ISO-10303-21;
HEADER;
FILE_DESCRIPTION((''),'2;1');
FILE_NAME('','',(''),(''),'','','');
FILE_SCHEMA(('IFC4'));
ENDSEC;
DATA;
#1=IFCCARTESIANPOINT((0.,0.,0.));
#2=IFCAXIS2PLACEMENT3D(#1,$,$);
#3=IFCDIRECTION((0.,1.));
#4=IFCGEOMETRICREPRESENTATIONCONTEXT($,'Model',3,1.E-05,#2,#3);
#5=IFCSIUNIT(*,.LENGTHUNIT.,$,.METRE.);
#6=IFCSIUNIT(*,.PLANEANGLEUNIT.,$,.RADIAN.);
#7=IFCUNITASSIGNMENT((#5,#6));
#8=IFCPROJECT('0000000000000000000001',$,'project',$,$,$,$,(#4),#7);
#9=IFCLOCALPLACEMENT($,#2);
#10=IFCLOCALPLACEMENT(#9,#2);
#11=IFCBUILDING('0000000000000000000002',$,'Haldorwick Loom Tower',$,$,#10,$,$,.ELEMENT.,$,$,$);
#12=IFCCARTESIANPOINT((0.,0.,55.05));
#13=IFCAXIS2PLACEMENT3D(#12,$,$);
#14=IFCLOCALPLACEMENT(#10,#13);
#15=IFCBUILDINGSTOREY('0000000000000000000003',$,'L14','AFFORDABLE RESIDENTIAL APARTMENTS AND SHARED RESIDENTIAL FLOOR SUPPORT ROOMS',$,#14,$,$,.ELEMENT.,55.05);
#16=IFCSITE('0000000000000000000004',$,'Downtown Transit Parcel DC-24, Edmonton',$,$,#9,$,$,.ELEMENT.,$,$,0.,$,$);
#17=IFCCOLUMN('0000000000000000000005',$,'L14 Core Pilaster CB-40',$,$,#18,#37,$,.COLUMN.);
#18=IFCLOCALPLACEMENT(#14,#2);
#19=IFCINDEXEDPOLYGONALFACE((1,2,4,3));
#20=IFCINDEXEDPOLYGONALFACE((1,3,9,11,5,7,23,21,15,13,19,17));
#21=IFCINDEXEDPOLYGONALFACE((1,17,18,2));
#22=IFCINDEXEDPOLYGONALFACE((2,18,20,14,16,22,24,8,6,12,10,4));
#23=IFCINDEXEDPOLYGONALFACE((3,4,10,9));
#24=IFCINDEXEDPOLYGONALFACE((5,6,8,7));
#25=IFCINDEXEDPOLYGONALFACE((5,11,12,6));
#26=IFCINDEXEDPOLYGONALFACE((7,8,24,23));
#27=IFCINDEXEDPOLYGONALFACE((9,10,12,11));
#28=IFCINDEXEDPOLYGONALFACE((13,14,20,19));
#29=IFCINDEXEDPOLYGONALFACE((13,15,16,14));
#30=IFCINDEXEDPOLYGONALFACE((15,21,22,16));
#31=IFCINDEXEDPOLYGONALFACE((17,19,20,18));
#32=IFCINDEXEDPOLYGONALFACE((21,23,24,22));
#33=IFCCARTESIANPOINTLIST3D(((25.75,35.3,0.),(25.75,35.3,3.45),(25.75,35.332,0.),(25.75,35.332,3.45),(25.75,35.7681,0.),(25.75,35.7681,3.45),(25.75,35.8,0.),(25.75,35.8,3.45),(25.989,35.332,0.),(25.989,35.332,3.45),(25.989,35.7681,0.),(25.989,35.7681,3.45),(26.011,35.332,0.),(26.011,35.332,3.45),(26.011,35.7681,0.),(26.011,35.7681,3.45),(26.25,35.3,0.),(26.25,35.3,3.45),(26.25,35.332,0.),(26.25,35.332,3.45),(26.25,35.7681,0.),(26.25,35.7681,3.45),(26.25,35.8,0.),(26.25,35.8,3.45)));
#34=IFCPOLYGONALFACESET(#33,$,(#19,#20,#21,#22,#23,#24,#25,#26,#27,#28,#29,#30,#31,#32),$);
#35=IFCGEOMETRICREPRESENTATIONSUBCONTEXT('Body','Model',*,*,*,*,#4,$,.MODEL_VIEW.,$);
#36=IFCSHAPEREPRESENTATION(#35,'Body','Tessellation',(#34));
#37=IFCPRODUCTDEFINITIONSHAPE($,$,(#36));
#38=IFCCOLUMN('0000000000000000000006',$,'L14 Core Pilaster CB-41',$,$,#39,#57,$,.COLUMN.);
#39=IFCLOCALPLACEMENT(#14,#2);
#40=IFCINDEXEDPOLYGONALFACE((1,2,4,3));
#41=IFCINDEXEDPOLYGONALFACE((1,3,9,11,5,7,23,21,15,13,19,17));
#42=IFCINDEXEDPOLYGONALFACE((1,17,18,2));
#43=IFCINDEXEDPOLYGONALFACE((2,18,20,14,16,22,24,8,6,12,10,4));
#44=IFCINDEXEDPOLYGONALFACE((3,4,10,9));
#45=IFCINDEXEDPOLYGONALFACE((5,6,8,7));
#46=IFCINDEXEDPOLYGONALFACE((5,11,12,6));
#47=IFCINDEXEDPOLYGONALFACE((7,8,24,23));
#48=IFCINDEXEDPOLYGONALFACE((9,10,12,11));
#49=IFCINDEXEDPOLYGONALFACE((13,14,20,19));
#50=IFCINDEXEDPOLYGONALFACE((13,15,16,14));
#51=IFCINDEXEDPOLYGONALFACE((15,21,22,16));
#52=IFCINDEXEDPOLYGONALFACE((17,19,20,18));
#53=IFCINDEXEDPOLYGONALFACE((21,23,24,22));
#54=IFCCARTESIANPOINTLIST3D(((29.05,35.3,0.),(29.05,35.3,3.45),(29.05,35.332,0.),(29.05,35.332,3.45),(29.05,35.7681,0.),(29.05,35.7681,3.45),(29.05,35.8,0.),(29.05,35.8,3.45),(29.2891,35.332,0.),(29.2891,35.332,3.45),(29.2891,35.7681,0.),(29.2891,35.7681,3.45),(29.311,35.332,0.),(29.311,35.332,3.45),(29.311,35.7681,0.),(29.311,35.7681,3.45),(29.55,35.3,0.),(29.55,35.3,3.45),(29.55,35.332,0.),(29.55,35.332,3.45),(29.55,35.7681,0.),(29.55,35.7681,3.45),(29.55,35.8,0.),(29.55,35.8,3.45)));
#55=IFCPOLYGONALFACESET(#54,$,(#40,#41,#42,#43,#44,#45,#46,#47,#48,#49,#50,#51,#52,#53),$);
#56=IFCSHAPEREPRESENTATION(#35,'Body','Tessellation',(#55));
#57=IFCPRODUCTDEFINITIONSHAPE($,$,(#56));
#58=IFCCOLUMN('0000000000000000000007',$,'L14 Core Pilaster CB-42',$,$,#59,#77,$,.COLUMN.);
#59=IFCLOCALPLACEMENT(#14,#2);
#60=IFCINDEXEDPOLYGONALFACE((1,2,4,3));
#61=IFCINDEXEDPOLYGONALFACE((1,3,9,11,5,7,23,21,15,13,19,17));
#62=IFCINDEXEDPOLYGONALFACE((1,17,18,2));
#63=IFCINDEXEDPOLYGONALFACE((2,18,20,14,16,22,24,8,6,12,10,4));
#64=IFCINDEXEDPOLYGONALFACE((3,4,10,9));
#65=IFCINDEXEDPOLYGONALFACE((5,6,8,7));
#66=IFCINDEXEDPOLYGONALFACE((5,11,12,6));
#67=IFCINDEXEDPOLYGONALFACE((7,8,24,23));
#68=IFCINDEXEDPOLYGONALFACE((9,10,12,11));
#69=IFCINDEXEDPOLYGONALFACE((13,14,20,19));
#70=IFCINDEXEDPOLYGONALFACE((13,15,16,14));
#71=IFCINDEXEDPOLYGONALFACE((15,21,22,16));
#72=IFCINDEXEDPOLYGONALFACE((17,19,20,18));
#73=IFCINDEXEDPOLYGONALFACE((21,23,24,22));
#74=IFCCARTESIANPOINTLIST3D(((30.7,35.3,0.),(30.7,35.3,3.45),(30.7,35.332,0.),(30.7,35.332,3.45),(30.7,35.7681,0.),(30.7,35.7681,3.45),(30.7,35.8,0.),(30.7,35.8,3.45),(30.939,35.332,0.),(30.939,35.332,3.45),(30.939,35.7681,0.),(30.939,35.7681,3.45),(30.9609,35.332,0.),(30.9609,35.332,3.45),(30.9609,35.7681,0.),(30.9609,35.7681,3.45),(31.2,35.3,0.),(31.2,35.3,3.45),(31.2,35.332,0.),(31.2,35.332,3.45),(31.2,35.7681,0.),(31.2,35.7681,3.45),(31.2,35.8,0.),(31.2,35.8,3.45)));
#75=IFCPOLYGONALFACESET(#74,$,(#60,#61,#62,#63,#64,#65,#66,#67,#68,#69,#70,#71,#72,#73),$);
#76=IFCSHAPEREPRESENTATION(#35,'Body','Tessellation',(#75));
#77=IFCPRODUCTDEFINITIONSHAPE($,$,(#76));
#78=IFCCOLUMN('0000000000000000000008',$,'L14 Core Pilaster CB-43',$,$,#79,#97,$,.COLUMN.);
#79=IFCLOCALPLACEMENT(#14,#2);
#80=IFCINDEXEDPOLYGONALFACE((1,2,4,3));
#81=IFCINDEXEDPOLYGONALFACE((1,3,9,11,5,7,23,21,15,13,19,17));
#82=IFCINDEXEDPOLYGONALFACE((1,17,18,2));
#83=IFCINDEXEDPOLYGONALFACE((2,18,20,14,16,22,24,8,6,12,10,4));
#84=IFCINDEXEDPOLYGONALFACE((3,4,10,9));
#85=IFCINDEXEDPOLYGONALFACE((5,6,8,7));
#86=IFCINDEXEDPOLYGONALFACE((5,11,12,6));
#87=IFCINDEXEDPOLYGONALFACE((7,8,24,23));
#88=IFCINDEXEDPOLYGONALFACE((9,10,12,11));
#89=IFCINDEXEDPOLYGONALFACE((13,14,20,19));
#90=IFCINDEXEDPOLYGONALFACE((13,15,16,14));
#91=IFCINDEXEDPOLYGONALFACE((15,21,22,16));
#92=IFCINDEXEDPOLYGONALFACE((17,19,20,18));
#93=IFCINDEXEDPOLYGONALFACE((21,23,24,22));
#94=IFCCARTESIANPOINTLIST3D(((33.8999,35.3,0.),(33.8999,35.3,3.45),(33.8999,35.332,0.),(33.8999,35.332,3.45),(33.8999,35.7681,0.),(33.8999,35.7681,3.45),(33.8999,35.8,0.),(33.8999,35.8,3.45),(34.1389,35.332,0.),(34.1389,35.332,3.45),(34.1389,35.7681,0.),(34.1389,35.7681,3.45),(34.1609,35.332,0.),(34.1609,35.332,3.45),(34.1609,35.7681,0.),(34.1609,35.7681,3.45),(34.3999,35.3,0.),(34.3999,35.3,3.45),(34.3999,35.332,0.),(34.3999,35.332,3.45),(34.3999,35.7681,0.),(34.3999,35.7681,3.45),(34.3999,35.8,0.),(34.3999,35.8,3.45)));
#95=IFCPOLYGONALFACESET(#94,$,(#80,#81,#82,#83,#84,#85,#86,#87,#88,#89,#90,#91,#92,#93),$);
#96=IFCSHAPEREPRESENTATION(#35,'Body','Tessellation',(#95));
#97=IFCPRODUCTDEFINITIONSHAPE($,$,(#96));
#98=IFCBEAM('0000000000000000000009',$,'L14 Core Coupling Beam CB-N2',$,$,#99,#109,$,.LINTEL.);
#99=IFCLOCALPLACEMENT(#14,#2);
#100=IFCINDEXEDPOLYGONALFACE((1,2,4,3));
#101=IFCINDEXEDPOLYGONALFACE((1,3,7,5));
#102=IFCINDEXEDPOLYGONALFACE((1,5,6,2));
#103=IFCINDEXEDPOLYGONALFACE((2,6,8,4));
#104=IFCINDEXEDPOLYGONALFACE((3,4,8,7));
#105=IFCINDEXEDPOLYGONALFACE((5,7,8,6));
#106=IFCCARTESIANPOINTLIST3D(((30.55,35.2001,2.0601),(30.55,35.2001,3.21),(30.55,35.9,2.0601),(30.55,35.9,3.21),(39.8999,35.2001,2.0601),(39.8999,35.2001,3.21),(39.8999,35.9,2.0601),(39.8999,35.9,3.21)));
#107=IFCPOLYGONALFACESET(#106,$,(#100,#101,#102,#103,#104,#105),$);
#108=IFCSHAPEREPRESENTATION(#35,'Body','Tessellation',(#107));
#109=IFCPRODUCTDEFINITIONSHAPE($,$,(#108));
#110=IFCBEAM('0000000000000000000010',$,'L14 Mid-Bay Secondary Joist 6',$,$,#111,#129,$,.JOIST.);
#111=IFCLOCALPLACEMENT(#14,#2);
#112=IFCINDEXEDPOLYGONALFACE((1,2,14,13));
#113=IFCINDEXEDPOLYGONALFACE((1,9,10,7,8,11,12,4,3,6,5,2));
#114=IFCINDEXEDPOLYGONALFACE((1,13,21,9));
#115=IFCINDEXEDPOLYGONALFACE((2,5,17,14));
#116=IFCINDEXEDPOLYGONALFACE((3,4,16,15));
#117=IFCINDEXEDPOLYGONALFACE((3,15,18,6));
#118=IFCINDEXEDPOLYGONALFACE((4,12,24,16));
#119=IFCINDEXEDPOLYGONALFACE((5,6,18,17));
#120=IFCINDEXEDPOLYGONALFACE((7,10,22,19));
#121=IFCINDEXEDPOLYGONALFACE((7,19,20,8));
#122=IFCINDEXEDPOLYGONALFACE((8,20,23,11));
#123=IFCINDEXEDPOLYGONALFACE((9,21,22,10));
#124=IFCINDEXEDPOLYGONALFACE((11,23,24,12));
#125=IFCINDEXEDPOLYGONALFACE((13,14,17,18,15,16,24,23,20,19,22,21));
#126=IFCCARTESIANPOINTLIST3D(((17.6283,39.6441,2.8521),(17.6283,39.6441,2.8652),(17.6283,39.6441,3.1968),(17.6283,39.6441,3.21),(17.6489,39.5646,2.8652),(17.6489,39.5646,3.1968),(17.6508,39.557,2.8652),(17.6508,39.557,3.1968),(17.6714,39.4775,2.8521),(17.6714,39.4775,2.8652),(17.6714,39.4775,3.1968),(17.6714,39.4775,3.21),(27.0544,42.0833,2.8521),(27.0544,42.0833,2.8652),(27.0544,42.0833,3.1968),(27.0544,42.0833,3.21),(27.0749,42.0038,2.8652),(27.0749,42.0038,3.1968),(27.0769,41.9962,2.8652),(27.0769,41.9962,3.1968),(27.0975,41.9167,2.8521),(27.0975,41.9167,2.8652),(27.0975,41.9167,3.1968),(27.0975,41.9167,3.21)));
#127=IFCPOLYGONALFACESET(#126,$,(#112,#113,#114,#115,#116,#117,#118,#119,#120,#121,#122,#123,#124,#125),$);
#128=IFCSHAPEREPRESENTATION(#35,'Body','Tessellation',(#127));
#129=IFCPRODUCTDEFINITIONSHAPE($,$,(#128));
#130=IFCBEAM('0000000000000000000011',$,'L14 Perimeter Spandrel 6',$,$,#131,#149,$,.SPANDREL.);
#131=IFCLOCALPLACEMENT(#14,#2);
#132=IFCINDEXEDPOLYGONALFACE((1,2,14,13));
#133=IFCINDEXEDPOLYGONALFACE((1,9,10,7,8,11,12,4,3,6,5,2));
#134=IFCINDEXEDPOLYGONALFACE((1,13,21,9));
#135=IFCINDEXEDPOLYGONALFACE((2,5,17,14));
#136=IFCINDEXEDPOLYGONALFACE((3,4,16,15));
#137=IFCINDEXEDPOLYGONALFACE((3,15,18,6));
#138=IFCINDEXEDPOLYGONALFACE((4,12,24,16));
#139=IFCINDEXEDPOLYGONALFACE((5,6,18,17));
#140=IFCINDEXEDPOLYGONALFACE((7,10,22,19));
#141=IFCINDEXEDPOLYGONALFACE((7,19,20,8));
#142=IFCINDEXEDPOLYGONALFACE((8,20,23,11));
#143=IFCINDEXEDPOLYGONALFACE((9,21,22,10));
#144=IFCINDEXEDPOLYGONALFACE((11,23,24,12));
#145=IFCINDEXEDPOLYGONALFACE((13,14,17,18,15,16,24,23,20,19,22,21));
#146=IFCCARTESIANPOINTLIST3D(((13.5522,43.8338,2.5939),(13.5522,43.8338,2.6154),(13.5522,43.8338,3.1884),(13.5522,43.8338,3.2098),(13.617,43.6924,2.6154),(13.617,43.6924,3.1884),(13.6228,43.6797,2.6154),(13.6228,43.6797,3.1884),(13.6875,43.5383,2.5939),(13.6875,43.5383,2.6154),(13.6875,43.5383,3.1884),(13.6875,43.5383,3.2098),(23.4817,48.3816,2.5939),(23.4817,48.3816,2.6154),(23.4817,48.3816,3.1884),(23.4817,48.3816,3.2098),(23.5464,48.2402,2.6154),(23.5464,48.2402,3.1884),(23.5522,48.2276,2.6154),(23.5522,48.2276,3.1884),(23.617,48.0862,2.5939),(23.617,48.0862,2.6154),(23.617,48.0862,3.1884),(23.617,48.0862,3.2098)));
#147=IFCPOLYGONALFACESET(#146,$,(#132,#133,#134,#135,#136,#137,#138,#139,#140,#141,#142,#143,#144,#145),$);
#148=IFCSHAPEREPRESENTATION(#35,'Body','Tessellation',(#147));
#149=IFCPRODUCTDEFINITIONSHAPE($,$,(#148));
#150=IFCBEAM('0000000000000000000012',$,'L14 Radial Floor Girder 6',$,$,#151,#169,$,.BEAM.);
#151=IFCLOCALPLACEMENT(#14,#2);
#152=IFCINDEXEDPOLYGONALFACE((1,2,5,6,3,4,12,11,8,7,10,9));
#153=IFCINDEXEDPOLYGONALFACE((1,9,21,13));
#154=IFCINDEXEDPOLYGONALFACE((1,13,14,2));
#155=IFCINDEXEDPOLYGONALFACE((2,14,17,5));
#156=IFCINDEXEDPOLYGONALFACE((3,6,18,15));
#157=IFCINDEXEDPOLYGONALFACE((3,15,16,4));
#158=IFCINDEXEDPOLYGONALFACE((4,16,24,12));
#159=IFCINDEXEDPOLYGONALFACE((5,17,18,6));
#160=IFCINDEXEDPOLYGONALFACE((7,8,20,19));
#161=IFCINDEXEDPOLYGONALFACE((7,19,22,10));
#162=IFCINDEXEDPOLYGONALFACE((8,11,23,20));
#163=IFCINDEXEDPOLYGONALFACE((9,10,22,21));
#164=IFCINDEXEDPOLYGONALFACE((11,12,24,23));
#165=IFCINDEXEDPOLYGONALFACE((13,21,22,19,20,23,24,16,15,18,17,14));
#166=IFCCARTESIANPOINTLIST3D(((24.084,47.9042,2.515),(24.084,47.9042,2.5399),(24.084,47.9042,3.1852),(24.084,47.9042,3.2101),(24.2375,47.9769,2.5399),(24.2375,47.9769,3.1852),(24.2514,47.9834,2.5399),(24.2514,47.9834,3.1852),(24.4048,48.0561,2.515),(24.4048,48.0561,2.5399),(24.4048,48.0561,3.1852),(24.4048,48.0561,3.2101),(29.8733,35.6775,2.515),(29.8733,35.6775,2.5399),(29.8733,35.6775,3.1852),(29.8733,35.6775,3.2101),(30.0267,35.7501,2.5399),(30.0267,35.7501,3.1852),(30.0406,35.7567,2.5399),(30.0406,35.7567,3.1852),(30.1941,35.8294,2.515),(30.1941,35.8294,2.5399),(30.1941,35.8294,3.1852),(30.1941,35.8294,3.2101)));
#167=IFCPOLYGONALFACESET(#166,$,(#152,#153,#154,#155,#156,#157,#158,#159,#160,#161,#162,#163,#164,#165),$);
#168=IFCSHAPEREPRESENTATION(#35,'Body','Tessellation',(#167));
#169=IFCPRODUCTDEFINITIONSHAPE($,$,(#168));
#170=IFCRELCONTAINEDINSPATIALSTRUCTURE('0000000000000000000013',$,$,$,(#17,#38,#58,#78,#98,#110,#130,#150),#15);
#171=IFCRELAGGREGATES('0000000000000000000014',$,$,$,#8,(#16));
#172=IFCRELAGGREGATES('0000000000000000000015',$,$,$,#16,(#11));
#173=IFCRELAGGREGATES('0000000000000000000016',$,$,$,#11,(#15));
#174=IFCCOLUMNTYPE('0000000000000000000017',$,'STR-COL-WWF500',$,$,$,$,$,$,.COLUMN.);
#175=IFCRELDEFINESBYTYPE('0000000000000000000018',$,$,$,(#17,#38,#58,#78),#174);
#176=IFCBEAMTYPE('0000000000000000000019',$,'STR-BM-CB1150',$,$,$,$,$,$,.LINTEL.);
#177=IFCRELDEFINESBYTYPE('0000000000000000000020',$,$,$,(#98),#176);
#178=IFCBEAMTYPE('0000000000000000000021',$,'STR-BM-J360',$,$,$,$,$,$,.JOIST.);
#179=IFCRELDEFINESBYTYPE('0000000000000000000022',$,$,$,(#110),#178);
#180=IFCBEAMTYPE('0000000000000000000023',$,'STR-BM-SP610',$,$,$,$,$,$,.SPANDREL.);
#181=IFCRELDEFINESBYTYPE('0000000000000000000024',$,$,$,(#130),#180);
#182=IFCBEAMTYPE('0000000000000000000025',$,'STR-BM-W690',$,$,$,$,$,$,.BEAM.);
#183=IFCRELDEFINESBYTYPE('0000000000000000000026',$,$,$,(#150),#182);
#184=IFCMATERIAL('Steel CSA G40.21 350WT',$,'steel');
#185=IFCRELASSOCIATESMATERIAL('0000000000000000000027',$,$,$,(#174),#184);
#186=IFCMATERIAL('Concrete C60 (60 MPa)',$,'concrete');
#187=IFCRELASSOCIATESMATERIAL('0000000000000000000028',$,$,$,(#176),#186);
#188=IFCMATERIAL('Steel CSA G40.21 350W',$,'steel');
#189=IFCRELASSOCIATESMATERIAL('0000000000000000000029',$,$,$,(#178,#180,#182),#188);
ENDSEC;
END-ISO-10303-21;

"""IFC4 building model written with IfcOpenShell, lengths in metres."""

from ifc_helpers import new_model, si_unit, direction, frame, origin, origin_2d, place, context, subcontext, project, spatial, rectangle, i_section, extrude, material, material_profile, profile_set, type_object, element, save


model = new_model("IFC4")

# Units and contexts
model_context = context("Model", 3, precision=1e-05, world=origin(), true_north=direction((0.0, 1.0)))
body_context = subcontext(model_context, "Body", "Model", "MODEL_VIEW")
ifc_project = project(units=[si_unit("LENGTHUNIT", "METRE"), si_unit("PLANEANGLEUNIT", "RADIAN")], contexts=[model_context])

# Site, building, storey
site_placement = place(None, origin())
site = spatial("IfcSite", under=ifc_project, at=site_placement, Name="Downtown Transit Parcel DC-24, Edmonton", CompositionType="ELEMENT", RefElevation=0.0)
building_placement = place(site_placement, origin())
building = spatial("IfcBuilding", under=site, at=building_placement, Name="Haldorwick Loom Tower", CompositionType="ELEMENT")
storey_placement = place(building_placement, frame((0.0, 0.0, 55.05)))
storey = spatial("IfcBuildingStorey", under=building, at=storey_placement, Name="L14", Description="AFFORDABLE RESIDENTIAL APARTMENTS AND SHARED RESIDENTIAL FLOOR SUPPORT ROOMS", CompositionType="ELEMENT", Elevation=55.05)

# Columns
ifc_material_1 = material(Name="Concrete C60 (60 MPa)", Category="concrete")
ifc_material_2 = material(Name="Steel CSA G40.21 350WT", Category="steel")
ifc_material_profile_1 = material_profile(ifc_material_2, i_section(OverallWidth=0.5, OverallDepth=0.5, WebThickness=0.022, FlangeThickness=0.032, at=origin_2d()), Name="WWF500X500", Category="steel")
ifc_profile_set_1 = profile_set([ifc_material_profile_1], Name="Steel CSA G40.21 350WT")
column_type_1 = type_object("IfcColumnType", Name="STR-COL-WWF500", PredefinedType="COLUMN", material=ifc_profile_set_1)
for number, where, z_axis, x_axis, name in (
    (1, (26.0, 35.55, 0.0), (0.0, 0.0, 1.0), (1.0, 0.0, 0.0), "L14 Core Pilaster CB-40"),
    (2, (29.3, 35.55, 0.0), (0.0, 0.0, 1.0), (1.0, 0.0, 0.0), "L14 Core Pilaster CB-41"),
    (3, (30.95, 35.55, 0.0), (0.0, 0.0, 1.0), (1.0, 0.0, 0.0), "L14 Core Pilaster CB-42"),
    (4, (34.1499, 35.55, 0.0), (0.0, 0.0, 1.0), (1.0, 0.0, 0.0), "L14 Core Pilaster CB-43"),
):
    element("IfcColumn", number, at=place(storey_placement, frame(where, z_axis=z_axis, x_axis=x_axis)), inside=storey, type_object=column_type_1, Name=name, PredefinedType="COLUMN", context=body_context, shape_type="SweptSolid", body=[
        extrude(i_section(OverallWidth=0.5, OverallDepth=0.5, WebThickness=0.022, FlangeThickness=0.032, at=origin_2d()), origin(), (0.0, 0.0, 1.0), 3.45),
    ])

# Beams
ifc_material_profile_2 = material_profile(ifc_material_1, rectangle(XDim=0.7, YDim=1.1499, at=origin_2d()), Name="RC700X1150", Category="concrete")
ifc_profile_set_2 = profile_set([ifc_material_profile_2], Name="Concrete C60 (60 MPa)")
beam_type_1 = type_object("IfcBeamType", Name="STR-BM-CB1150", PredefinedType="LINTEL", material=ifc_profile_set_2)
beam_1_placement = place(storey_placement, frame((30.55, 35.55, 2.635), z_axis=(1.0, 0.0, 0.0), x_axis=(0.0, 1.0, 0.0)))
element("IfcBeam", 5, at=beam_1_placement, inside=storey, type_object=beam_type_1, Name="L14 Core Coupling Beam CB-N2", PredefinedType="LINTEL", context=body_context, shape_type="SweptSolid", body=[
    extrude(rectangle(XDim=0.7, YDim=1.1499, at=origin_2d()), origin(), (0.0, 0.0, 1.0), 9.3499),
])
ifc_material_3 = material(Name="Steel CSA G40.21 350W", Category="steel")
ifc_material_profile_3 = material_profile(ifc_material_3, i_section(OverallWidth=0.1721, OverallDepth=0.3579, WebThickness=0.0078, FlangeThickness=0.0132, at=origin_2d()), Name="W360X57", Category="steel")
ifc_profile_set_3 = profile_set([ifc_material_profile_3], Name="Steel CSA G40.21 350W")
beam_type_2 = type_object("IfcBeamType", Name="STR-BM-J360", PredefinedType="JOIST", material=ifc_profile_set_3)
beam_2_placement = place(storey_placement, frame((27.0759, 42.0, 3.031), z_axis=(-0.968111, -0.250522, 0.0), x_axis=(0.250522, -0.968111, 0.0)))
element("IfcBeam", 6, at=beam_2_placement, inside=storey, type_object=beam_type_2, Name="L14 Mid-Bay Secondary Joist 6", PredefinedType="JOIST", context=body_context, shape_type="SweptSolid", body=[
    extrude(i_section(OverallWidth=0.1721, OverallDepth=0.3579, WebThickness=0.0078, FlangeThickness=0.0132, at=origin_2d()), origin(), (0.0, 0.0, 1.0), 9.7366),
])
ifc_material_profile_4 = material_profile(ifc_material_3, i_section(OverallWidth=0.325, OverallDepth=0.616, WebThickness=0.0139, FlangeThickness=0.0215, at=origin_2d()), Name="W610X174", Category="steel")
ifc_profile_set_4 = profile_set([ifc_material_profile_4], Name="Steel CSA G40.21 350W")
beam_type_3 = type_object("IfcBeamType", Name="STR-BM-SP610", PredefinedType="SPANDREL", material=ifc_profile_set_4)
beam_3_placement = place(storey_placement, frame((23.5493, 48.2339, 2.9019), z_axis=(-0.909174, -0.416417, 0.0), x_axis=(0.416417, -0.909174, 0.0)))
element("IfcBeam", 7, at=beam_3_placement, inside=storey, type_object=beam_type_3, Name="L14 Perimeter Spandrel 6", PredefinedType="SPANDREL", context=body_context, shape_type="SweptSolid", body=[
    extrude(i_section(OverallWidth=0.325, OverallDepth=0.616, WebThickness=0.0139, FlangeThickness=0.0215, at=origin_2d()), origin(), (0.0, 0.0, 1.0), 10.9214),
])
ifc_material_profile_5 = material_profile(ifc_material_3, i_section(OverallWidth=0.355, OverallDepth=0.6951, WebThickness=0.0154, FlangeThickness=0.0249, at=origin_2d()), Name="W690X217", Category="steel")
ifc_profile_set_5 = profile_set([ifc_material_profile_5], Name="Steel CSA G40.21 350W")
beam_type_4 = type_object("IfcBeamType", Name="STR-BM-W690", PredefinedType="BEAM", material=ifc_profile_set_5)
beam_4_placement = place(storey_placement, frame((30.0337, 35.7534, 2.8625), z_axis=(-0.427945, 0.903805, 0.0), x_axis=(-0.903805, -0.427945, 0.0)))
element("IfcBeam", 8, at=beam_4_placement, inside=storey, type_object=beam_type_4, Name="L14 Radial Floor Girder 6", PredefinedType="BEAM", context=body_context, shape_type="SweptSolid", body=[
    extrude(i_section(OverallWidth=0.355, OverallDepth=0.6951, WebThickness=0.0154, FlangeThickness=0.0249, at=origin_2d()), origin(), (0.0, 0.0, 1.0), 13.5281),
])

save(model, "model.ifc")
